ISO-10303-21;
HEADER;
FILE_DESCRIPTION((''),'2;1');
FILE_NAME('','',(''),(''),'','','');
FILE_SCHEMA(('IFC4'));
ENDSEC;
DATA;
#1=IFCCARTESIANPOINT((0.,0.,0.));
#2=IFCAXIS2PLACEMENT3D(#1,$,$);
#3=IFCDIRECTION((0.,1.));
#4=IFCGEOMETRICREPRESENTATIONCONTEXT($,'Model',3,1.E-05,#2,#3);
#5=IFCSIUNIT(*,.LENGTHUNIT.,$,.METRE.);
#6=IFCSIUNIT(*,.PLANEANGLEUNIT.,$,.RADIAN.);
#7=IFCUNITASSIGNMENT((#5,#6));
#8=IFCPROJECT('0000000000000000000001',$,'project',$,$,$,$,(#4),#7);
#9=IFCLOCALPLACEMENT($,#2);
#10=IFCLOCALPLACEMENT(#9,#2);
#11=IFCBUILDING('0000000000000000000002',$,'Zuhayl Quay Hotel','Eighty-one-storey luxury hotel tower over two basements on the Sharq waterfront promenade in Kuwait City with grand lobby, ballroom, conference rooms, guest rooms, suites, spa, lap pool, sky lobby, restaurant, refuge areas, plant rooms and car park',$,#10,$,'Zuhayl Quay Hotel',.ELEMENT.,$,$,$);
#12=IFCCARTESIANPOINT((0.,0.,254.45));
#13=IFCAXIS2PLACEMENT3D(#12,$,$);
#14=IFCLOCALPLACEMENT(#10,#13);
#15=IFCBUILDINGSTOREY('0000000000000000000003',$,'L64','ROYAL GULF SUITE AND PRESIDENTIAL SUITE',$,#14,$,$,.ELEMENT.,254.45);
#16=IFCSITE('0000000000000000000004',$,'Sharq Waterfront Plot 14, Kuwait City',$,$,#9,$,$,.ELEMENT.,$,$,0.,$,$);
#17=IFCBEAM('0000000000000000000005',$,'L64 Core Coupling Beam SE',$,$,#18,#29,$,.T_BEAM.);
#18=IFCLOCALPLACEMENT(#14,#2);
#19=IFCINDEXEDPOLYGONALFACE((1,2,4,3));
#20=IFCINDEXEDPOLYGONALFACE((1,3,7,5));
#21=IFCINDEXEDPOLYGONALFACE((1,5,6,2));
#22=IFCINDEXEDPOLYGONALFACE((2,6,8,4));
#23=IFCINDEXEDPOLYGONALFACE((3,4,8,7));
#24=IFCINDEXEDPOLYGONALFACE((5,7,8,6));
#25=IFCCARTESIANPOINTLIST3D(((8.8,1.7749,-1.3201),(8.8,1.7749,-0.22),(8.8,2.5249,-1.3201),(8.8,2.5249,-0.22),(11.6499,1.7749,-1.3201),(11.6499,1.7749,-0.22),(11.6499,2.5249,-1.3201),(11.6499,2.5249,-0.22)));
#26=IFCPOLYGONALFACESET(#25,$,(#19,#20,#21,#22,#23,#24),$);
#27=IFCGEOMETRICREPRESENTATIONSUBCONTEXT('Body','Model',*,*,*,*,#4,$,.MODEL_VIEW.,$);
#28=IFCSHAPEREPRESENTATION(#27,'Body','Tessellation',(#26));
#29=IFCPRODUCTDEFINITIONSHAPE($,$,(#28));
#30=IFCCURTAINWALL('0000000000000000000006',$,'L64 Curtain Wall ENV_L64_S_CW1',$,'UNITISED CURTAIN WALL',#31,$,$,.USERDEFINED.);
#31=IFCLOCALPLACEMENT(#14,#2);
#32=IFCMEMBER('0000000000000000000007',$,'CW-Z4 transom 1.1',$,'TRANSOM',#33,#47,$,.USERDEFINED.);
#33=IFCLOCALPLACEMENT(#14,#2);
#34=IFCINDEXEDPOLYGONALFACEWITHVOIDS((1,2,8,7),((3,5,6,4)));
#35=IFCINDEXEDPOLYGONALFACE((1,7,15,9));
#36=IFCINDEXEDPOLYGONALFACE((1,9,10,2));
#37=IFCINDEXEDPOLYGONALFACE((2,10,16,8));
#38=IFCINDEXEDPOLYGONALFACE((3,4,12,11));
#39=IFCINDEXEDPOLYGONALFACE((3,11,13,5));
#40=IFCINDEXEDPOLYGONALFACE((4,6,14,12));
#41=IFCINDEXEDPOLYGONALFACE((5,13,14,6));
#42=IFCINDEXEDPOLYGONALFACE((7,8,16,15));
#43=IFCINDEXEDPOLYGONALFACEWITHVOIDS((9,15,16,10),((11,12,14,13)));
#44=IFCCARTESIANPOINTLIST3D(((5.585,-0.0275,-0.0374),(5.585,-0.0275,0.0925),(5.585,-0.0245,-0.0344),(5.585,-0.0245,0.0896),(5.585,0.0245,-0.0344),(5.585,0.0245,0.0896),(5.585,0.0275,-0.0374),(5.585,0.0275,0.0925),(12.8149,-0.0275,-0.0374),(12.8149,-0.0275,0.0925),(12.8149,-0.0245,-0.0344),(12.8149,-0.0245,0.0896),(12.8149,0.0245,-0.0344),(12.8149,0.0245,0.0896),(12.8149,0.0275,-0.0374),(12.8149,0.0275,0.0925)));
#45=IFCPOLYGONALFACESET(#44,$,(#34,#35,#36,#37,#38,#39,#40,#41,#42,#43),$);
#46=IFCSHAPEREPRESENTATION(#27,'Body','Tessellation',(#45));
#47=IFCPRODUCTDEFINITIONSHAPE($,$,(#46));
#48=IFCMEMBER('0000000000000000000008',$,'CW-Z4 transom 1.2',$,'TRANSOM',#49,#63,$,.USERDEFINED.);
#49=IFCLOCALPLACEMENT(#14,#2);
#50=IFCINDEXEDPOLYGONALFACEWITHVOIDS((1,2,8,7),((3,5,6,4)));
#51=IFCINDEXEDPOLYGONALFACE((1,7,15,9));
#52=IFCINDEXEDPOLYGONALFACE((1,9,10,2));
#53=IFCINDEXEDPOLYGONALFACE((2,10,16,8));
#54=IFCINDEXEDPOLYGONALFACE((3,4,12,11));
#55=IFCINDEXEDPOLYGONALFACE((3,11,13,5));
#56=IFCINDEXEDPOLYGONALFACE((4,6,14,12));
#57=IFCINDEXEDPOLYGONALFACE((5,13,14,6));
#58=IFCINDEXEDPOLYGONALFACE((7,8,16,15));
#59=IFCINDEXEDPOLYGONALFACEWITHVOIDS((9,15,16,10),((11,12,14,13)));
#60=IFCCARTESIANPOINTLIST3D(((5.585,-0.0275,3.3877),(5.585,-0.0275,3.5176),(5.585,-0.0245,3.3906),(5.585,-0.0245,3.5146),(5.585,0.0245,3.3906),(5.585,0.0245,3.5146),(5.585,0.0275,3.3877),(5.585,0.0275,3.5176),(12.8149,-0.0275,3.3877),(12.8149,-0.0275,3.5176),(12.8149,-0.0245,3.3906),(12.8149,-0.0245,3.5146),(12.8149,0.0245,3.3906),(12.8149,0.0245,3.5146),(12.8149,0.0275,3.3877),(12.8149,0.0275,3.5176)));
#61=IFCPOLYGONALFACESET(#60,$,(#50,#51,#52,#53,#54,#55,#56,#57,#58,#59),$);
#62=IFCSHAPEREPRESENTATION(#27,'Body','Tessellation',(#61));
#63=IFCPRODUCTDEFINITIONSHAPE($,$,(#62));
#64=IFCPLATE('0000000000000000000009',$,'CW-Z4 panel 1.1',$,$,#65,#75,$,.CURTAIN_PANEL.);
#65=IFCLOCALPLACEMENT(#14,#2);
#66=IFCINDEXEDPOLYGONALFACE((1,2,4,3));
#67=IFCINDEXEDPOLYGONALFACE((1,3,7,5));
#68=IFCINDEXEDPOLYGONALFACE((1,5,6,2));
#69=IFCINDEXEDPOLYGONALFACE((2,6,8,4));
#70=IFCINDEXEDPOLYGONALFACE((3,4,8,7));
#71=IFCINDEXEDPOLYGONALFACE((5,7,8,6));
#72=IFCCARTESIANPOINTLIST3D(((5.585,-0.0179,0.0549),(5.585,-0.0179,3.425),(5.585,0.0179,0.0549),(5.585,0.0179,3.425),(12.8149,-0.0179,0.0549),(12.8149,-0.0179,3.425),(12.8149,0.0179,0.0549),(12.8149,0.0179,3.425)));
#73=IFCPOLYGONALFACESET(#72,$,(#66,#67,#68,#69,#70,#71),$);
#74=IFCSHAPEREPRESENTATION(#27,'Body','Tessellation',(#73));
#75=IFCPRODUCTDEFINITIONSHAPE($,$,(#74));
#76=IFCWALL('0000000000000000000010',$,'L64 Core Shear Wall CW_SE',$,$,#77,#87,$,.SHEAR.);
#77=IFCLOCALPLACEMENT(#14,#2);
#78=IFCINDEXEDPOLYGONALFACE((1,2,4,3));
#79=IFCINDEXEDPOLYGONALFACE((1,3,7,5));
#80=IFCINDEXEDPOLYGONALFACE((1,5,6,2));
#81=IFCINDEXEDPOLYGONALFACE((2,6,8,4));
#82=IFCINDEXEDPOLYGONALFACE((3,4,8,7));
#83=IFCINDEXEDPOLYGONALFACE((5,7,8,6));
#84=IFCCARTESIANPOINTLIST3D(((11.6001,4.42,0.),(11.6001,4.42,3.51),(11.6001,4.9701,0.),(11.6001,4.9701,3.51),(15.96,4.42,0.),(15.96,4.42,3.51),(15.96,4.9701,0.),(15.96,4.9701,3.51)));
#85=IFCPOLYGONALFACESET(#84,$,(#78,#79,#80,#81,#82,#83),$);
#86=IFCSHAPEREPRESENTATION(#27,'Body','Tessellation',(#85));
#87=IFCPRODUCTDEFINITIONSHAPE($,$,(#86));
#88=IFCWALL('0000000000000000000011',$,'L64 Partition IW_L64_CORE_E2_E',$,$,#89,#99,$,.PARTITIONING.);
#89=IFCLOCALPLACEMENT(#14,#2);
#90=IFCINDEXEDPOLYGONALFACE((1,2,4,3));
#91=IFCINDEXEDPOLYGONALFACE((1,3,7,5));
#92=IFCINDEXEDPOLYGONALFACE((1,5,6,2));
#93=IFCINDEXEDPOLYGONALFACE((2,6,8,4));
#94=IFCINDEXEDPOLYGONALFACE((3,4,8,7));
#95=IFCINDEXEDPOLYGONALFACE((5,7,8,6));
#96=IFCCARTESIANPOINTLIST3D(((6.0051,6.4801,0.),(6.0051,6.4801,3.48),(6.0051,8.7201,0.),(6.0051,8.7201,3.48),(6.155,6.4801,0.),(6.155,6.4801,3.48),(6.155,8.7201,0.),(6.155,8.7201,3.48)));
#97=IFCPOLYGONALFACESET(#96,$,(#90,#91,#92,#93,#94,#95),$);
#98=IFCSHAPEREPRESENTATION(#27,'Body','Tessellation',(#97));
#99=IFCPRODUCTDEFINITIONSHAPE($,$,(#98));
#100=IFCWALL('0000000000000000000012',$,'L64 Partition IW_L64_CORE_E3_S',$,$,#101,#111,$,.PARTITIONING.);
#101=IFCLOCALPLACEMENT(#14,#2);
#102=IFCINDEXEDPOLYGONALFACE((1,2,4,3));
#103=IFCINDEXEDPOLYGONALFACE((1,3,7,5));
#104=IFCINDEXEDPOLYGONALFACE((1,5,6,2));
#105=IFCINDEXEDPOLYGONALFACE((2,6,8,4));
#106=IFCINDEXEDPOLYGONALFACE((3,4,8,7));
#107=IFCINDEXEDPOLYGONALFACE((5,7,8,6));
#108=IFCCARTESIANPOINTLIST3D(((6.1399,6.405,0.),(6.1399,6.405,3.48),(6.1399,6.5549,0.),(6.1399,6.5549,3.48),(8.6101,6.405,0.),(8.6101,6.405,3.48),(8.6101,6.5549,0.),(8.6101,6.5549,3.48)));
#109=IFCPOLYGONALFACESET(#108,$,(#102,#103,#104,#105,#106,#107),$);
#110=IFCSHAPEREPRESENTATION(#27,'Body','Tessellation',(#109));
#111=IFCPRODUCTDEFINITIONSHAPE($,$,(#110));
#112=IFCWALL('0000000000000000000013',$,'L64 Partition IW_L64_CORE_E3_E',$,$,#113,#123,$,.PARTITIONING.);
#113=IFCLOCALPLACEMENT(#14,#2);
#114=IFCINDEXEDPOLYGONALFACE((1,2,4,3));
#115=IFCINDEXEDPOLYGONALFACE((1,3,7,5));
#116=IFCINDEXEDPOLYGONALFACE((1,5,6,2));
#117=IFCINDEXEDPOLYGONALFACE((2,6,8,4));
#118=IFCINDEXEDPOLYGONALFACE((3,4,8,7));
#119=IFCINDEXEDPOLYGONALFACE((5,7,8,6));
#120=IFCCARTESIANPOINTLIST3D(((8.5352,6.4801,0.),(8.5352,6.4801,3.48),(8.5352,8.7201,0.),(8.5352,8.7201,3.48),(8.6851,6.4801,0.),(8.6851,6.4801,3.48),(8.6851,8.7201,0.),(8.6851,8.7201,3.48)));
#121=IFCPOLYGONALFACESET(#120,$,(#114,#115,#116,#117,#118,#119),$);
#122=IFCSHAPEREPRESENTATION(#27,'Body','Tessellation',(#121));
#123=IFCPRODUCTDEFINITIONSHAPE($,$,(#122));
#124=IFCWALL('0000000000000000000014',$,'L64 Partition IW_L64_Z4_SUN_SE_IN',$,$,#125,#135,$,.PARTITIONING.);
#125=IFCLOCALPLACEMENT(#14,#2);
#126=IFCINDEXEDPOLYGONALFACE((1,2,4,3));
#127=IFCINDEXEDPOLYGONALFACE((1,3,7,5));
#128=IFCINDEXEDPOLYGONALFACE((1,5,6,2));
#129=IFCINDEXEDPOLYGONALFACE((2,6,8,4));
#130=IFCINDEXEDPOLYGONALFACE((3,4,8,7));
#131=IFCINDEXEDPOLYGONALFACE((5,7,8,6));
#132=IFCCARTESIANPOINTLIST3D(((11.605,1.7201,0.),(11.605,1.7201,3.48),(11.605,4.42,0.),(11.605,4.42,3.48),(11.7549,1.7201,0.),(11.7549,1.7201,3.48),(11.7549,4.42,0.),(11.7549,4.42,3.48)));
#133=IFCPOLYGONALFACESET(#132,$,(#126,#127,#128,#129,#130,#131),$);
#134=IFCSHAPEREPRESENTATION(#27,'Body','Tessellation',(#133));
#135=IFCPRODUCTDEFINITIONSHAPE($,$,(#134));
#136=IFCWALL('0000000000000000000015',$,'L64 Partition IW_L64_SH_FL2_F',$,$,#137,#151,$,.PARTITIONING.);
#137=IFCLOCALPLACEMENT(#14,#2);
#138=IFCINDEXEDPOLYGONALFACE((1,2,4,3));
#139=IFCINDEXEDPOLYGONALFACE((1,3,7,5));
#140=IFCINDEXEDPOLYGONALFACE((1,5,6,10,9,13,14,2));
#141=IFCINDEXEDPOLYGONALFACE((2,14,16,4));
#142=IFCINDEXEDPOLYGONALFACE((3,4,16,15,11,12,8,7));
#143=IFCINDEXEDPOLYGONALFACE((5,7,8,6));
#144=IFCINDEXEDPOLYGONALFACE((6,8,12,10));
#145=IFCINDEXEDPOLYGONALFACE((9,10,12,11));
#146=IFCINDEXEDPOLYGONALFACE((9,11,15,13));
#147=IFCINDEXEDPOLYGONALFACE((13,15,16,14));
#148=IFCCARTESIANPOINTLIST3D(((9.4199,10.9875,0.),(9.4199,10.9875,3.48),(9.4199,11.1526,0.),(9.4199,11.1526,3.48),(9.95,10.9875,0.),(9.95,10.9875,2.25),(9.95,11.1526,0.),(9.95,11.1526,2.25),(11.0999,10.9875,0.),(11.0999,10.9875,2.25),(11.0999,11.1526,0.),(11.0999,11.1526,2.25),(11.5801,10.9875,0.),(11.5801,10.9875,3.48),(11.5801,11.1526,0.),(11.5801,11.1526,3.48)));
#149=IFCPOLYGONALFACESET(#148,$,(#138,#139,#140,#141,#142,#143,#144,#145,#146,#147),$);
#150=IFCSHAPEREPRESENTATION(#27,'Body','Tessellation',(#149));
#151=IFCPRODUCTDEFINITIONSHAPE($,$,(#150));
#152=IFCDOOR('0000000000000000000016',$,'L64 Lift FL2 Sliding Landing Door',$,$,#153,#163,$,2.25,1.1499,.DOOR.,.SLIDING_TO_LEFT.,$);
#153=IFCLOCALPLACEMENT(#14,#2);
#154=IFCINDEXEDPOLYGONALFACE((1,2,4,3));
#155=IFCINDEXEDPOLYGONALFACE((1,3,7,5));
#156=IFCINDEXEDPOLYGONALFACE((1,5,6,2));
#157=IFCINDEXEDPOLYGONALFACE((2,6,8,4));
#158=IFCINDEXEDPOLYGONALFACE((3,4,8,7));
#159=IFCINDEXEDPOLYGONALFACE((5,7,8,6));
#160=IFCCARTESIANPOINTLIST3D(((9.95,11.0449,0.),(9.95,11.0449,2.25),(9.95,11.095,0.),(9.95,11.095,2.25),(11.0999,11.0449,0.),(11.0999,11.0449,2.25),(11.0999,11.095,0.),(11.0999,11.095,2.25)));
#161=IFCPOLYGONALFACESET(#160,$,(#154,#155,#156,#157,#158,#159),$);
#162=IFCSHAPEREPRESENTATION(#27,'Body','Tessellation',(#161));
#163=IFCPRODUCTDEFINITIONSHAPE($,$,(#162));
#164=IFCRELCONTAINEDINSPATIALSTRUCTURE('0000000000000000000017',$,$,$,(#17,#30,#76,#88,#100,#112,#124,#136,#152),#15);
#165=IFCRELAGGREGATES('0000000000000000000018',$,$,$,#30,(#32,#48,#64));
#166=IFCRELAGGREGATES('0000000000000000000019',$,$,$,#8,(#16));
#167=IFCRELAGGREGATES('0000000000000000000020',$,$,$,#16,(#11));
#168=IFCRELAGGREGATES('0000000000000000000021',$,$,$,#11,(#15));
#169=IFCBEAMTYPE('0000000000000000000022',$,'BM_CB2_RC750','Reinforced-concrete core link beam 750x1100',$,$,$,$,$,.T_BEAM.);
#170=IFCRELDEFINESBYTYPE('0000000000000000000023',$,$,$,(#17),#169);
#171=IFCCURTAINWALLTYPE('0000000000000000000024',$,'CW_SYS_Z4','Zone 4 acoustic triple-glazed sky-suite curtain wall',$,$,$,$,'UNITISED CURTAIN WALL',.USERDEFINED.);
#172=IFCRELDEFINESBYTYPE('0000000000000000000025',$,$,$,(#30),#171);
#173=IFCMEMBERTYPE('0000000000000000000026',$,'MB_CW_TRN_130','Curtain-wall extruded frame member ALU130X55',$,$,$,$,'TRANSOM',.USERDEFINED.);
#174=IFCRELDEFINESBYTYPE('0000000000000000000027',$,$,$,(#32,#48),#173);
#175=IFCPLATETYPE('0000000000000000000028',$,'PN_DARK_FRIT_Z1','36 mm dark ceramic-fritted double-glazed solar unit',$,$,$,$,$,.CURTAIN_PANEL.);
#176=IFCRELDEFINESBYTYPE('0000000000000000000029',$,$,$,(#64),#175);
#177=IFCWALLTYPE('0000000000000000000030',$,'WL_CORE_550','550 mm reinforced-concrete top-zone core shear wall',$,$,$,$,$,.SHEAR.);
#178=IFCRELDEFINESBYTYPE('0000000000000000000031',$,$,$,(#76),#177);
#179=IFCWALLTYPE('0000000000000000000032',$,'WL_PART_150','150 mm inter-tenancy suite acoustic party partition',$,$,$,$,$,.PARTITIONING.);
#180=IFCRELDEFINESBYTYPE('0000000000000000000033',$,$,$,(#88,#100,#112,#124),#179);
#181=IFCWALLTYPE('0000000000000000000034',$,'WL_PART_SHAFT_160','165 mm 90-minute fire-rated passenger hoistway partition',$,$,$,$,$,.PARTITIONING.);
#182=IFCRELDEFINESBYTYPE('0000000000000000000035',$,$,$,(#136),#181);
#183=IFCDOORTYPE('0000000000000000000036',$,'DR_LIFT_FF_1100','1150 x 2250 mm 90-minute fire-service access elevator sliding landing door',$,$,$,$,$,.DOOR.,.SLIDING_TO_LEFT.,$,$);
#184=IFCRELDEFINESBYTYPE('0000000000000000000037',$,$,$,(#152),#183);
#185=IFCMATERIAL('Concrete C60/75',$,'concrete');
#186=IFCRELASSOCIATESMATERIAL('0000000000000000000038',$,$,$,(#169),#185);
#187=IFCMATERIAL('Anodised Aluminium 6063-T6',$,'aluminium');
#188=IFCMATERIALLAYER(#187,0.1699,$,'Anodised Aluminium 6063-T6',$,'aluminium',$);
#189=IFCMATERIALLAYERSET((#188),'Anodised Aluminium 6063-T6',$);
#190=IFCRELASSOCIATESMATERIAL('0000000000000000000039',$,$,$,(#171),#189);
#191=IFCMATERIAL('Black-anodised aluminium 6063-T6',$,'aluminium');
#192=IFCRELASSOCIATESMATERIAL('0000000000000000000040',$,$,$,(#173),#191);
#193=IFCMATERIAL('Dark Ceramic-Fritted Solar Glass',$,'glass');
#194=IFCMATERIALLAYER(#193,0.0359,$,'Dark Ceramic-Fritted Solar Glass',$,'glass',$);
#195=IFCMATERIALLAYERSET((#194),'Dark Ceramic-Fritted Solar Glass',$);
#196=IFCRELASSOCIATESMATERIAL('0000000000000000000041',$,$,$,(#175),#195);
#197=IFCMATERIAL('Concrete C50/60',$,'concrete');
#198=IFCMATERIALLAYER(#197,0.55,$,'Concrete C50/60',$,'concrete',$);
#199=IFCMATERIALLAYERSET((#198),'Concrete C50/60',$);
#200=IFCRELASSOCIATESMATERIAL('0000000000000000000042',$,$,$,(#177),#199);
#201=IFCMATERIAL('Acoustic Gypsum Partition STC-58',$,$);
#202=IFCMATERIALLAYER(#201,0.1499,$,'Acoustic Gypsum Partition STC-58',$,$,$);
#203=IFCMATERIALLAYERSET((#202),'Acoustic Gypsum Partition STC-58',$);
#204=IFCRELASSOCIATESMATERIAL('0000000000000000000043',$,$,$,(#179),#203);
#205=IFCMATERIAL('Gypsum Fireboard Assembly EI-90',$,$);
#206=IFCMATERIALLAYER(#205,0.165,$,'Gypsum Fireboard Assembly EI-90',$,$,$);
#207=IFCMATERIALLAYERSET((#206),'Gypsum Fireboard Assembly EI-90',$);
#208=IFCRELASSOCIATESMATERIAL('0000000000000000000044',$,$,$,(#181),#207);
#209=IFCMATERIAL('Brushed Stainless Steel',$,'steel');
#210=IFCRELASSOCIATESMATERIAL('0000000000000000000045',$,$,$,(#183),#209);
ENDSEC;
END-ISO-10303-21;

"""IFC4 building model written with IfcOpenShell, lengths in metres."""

from ifc_helpers import new_model, si_unit, direction, frame, frame_2d, origin, origin_2d, place, context, subcontext, project, spatial, rectangle, hollow_rectangle, extrude, material, layer, layer_set, material_profile, profile_set, type_object, element, fill, aggregate, save


model = new_model("IFC4")

# Units and contexts
model_context = context("Model", 3, precision=1e-05, world=origin(), true_north=direction((0.0, 1.0)))
body_context = subcontext(model_context, "Body", "Model", "MODEL_VIEW")
ifc_project = project(units=[si_unit("LENGTHUNIT", "METRE"), si_unit("PLANEANGLEUNIT", "RADIAN")], contexts=[model_context])

# Site, building, storey
site_placement = place(None, origin())
site = spatial("IfcSite", under=ifc_project, at=site_placement, Name="Sharq Waterfront Plot 14, Kuwait City", CompositionType="ELEMENT", RefElevation=0.0)
building_placement = place(site_placement, origin())
building = spatial("IfcBuilding", under=site, at=building_placement, Name="Zuhayl Quay Hotel", Description="Eighty-one-storey luxury hotel tower over two basements on the Sharq waterfront promenade in Kuwait City with grand lobby, ballroom, conference rooms, guest rooms, suites, spa, lap pool, sky lobby, restaurant, refuge areas, plant rooms and car park", LongName="Zuhayl Quay Hotel", CompositionType="ELEMENT")
storey_placement = place(building_placement, frame((0.0, 0.0, 254.45)))
storey = spatial("IfcBuildingStorey", under=building, at=storey_placement, Name="L64", Description="ROYAL GULF SUITE AND PRESIDENTIAL SUITE", CompositionType="ELEMENT", Elevation=254.45)

# Beam
ifc_material_1 = material(Name="Concrete C60/75", Category="concrete")
ifc_material_profile_1 = material_profile(ifc_material_1, rectangle(XDim=0.75, YDim=1.1001, at=origin_2d()), Name="RC750X1100")
ifc_profile_set_1 = profile_set([ifc_material_profile_1], Name="Concrete C60/75")
beam_type = type_object("IfcBeamType", Name="BM_CB2_RC750", Description="Reinforced-concrete core link beam 750x1100", PredefinedType="T_BEAM", material=ifc_profile_set_1)
beam_placement = place(storey_placement, frame((8.8, 2.1499, -0.77), z_axis=(1.0, 0.0, 0.0), x_axis=(0.0, 1.0, 0.0)))
element("IfcBeam", 1, at=beam_placement, inside=storey, type_object=beam_type, Name="L64 Core Coupling Beam SE", PredefinedType="T_BEAM", context=body_context, shape_type="SweptSolid", body=[
    extrude(rectangle(XDim=0.75, YDim=1.1001, at=origin_2d()), origin(), (0.0, 0.0, 1.0), 2.8499),
])

# Curtain wall, members, plate
ifc_material_2 = material(Name="Anodised Aluminium 6063-T6", Category="aluminium")
ifc_layer_1 = layer(ifc_material_2, 0.1699, Name="Anodised Aluminium 6063-T6", Category="aluminium")
ifc_layer_set_1 = layer_set([ifc_layer_1], Name="Anodised Aluminium 6063-T6")
curtain_wall_type = type_object("IfcCurtainWallType", Name="CW_SYS_Z4", Description="Zone 4 acoustic triple-glazed sky-suite curtain wall", ElementType="UNITISED CURTAIN WALL", PredefinedType="USERDEFINED", material=ifc_layer_set_1)
curtain_wall_placement = place(storey_placement, origin())
curtain_wall = element("IfcCurtainWall", 2, at=curtain_wall_placement, inside=storey, type_object=curtain_wall_type, Name="L64 Curtain Wall ENV_L64_S_CW1", ObjectType="UNITISED CURTAIN WALL", PredefinedType="USERDEFINED")
ifc_material_3 = material(Name="Black-anodised aluminium 6063-T6", Category="aluminium")
ifc_material_profile_2 = material_profile(ifc_material_3, hollow_rectangle(XDim=0.0549, YDim=0.1299, WallThickness=0.0029, at=origin_2d()), Name="ALU130X55")
ifc_profile_set_2 = profile_set([ifc_material_profile_2], Name="Black-anodised aluminium 6063-T6")
member_type = type_object("IfcMemberType", Name="MB_CW_TRN_130", Description="Curtain-wall extruded frame member ALU130X55", ElementType="TRANSOM", PredefinedType="USERDEFINED", material=ifc_profile_set_2)
member_1_placement = place(storey_placement, frame((12.8149, 0.0, 0.0276), z_axis=(-1.0, 0.0, 0.0), x_axis=(0.0, -1.0, 0.0)))
member_1 = element("IfcMember", 3, at=member_1_placement, type_object=member_type, Name="CW-Z4 transom 1.1", ObjectType="TRANSOM", PredefinedType="USERDEFINED", context=body_context, shape_type="SweptSolid", body=[
    extrude(hollow_rectangle(XDim=0.0549, YDim=0.1299, WallThickness=0.0029, at=origin_2d()), origin(), (0.0, 0.0, 1.0), 7.23),
])
member_2_placement = place(storey_placement, frame((12.8149, 0.0, 3.4526), z_axis=(-1.0, 0.0, 0.0), x_axis=(0.0, -1.0, 0.0)))
member_2 = element("IfcMember", 4, at=member_2_placement, type_object=member_type, Name="CW-Z4 transom 1.2", ObjectType="TRANSOM", PredefinedType="USERDEFINED", context=body_context, shape_type="SweptSolid", body=[
    extrude(hollow_rectangle(XDim=0.0549, YDim=0.1299, WallThickness=0.0029, at=origin_2d()), origin(), (0.0, 0.0, 1.0), 7.23),
])
ifc_material_4 = material(Name="Dark Ceramic-Fritted Solar Glass", Category="glass")
ifc_layer_2 = layer(ifc_material_4, 0.0359, Name="Dark Ceramic-Fritted Solar Glass", Category="glass")
ifc_layer_set_2 = layer_set([ifc_layer_2], Name="Dark Ceramic-Fritted Solar Glass")
plate_type = type_object("IfcPlateType", Name="PN_DARK_FRIT_Z1", Description="36 mm dark ceramic-fritted double-glazed solar unit", PredefinedType="CURTAIN_PANEL", material=ifc_layer_set_2)
plate_placement = place(storey_placement, frame((9.2, 0.0, 0.0549), z_axis=(0.0, 0.0, 1.0), x_axis=(-1.0, 0.0, 0.0)))
plate = element("IfcPlate", 5, at=plate_placement, type_object=plate_type, Name="CW-Z4 panel 1.1", PredefinedType="CURTAIN_PANEL", context=body_context, shape_type="SweptSolid", body=[
    extrude(rectangle(XDim=7.23, YDim=0.0359, at=origin_2d()), origin(), (0.0, 0.0, 1.0), 3.3701),
])
aggregate(curtain_wall, [member_1, member_2, plate])

# Wall
ifc_material_5 = material(Name="Concrete C50/60", Category="concrete")
ifc_layer_3 = layer(ifc_material_5, 0.55, Name="Concrete C50/60", Category="concrete")
ifc_layer_set_3 = layer_set([ifc_layer_3], Name="Concrete C50/60")
wall_type_1 = type_object("IfcWallType", Name="WL_CORE_550", Description="550 mm reinforced-concrete top-zone core shear wall", PredefinedType="SHEAR", material=ifc_layer_set_3)
wall_1_placement = place(storey_placement, frame((11.6001, 4.6951, 0.0), z_axis=(0.0, 0.0, 1.0), x_axis=(1.0, 0.0, 0.0)))
element("IfcWall", 6, at=wall_1_placement, inside=storey, type_object=wall_type_1, Name="L64 Core Shear Wall CW_SE", PredefinedType="SHEAR", context=body_context, shape_type="SweptSolid", body=[
    extrude(rectangle(XDim=4.3599, YDim=0.55, at=frame_2d((2.1799, 0.0))), origin(), (0.0, 0.0, 1.0), 3.51),
])

# Shared definitions
ifc_material_6 = material(Name="Acoustic Gypsum Partition STC-58")
ifc_layer_4 = layer(ifc_material_6, 0.1499, Name="Acoustic Gypsum Partition STC-58")
ifc_layer_set_4 = layer_set([ifc_layer_4], Name="Acoustic Gypsum Partition STC-58")
wall_type_2 = type_object("IfcWallType", Name="WL_PART_150", Description="150 mm inter-tenancy suite acoustic party partition", PredefinedType="PARTITIONING", material=ifc_layer_set_4)

# Walls
wall_2_placement = place(storey_placement, frame((6.0801, 6.48, 0.0), z_axis=(0.0, 0.0, 1.0), x_axis=(0.0, 1.0, 0.0)))
element("IfcWall", 7, at=wall_2_placement, inside=storey, type_object=wall_type_2, Name="L64 Partition IW_L64_CORE_E2_E", PredefinedType="PARTITIONING", context=body_context, shape_type="SweptSolid", body=[
    extrude(rectangle(XDim=2.24, YDim=0.1499, at=frame_2d((1.1201, 0.0))), origin(), (0.0, 0.0, 1.0), 3.48),
])
wall_3_placement = place(storey_placement, frame((6.1399, 6.48, 0.0), z_axis=(0.0, 0.0, 1.0), x_axis=(1.0, 0.0, 0.0)))
element("IfcWall", 8, at=wall_3_placement, inside=storey, type_object=wall_type_2, Name="L64 Partition IW_L64_CORE_E3_S", PredefinedType="PARTITIONING", context=body_context, shape_type="SweptSolid", body=[
    extrude(rectangle(XDim=2.4702, YDim=0.1499, at=frame_2d((1.2351, 0.0))), origin(), (0.0, 0.0, 1.0), 3.48),
])
wall_4_placement = place(storey_placement, frame((8.6101, 6.48, 0.0), z_axis=(0.0, 0.0, 1.0), x_axis=(0.0, 1.0, 0.0)))
element("IfcWall", 9, at=wall_4_placement, inside=storey, type_object=wall_type_2, Name="L64 Partition IW_L64_CORE_E3_E", PredefinedType="PARTITIONING", context=body_context, shape_type="SweptSolid", body=[
    extrude(rectangle(XDim=2.24, YDim=0.1499, at=frame_2d((1.1201, 0.0))), origin(), (0.0, 0.0, 1.0), 3.48),
])
wall_5_placement = place(storey_placement, frame((11.6799, 1.72, 0.0), z_axis=(0.0, 0.0, 1.0), x_axis=(0.0, 1.0, 0.0)))
element("IfcWall", 10, at=wall_5_placement, inside=storey, type_object=wall_type_2, Name="L64 Partition IW_L64_Z4_SUN_SE_IN", PredefinedType="PARTITIONING", context=body_context, shape_type="SweptSolid", body=[
    extrude(rectangle(XDim=2.7, YDim=0.1499, at=frame_2d((1.3501, 0.0))), origin(), (0.0, 0.0, 1.0), 3.48),
])

# Wall, opening, door
ifc_material_7 = material(Name="Gypsum Fireboard Assembly EI-90")
ifc_layer_5 = layer(ifc_material_7, 0.165, Name="Gypsum Fireboard Assembly EI-90")
ifc_layer_set_5 = layer_set([ifc_layer_5], Name="Gypsum Fireboard Assembly EI-90")
wall_type_3 = type_object("IfcWallType", Name="WL_PART_SHAFT_160", Description="165 mm 90-minute fire-rated passenger hoistway partition", PredefinedType="PARTITIONING", material=ifc_layer_set_5)
wall_6_placement = place(storey_placement, frame((9.4199, 11.0701, 0.0), z_axis=(0.0, 0.0, 1.0), x_axis=(1.0, 0.0, 0.0)))
wall_6 = element("IfcWall", 11, at=wall_6_placement, inside=storey, type_object=wall_type_3, Name="L64 Partition IW_L64_SH_FL2_F", PredefinedType="PARTITIONING", context=body_context, shape_type="SweptSolid", body=[
    extrude(rectangle(XDim=2.1602, YDim=0.165, at=frame_2d((1.0801, 0.0))), origin(), (0.0, 0.0, 1.0), 3.48),
])
opening_1_placement = place(wall_6_placement, frame((0.53, 0.0, 0.0)))
opening_1 = element("IfcOpeningElement", 12, at=opening_1_placement, cuts=wall_6, PredefinedType="OPENING", context=body_context, shape_type="SweptSolid", body=[
    extrude(rectangle(XDim=1.1499, YDim=2.25, at=frame_2d((0.575, 1.125))), frame((0.0, 0.0925, 0.0), z_axis=(0.0, -1.0, 0.0), x_axis=(1.0, 0.0, 0.0)), (0.0, 0.0, 1.0), 0.1851),
])
ifc_material_8 = material(Name="Brushed Stainless Steel", Category="steel")
door_type_1 = type_object("IfcDoorType", Name="DR_LIFT_FF_1100", Description="1150 x 2250 mm 90-minute fire-service access elevator sliding landing door", OperationType="SLIDING_TO_LEFT", PredefinedType="DOOR", material=ifc_material_8)
door_1_placement = place(opening_1_placement, origin())
door_1 = element("IfcDoor", 13, at=door_1_placement, inside=storey, type_object=door_type_1, Name="L64 Lift FL2 Sliding Landing Door", OperationType="SLIDING_TO_LEFT", OverallHeight=2.25, OverallWidth=1.1499, PredefinedType="DOOR", context=body_context, shape_type="SweptSolid", body=[
    extrude(rectangle(XDim=1.1499, YDim=2.25, at=frame_2d((0.575, 1.125))), frame((0.0, 0.0249, 0.0), z_axis=(0.0, -1.0, 0.0), x_axis=(1.0, 0.0, 0.0)), (0.0, 0.0, 1.0), 0.05),
])
fill(opening_1, door_1)

save(model, "model.ifc")
